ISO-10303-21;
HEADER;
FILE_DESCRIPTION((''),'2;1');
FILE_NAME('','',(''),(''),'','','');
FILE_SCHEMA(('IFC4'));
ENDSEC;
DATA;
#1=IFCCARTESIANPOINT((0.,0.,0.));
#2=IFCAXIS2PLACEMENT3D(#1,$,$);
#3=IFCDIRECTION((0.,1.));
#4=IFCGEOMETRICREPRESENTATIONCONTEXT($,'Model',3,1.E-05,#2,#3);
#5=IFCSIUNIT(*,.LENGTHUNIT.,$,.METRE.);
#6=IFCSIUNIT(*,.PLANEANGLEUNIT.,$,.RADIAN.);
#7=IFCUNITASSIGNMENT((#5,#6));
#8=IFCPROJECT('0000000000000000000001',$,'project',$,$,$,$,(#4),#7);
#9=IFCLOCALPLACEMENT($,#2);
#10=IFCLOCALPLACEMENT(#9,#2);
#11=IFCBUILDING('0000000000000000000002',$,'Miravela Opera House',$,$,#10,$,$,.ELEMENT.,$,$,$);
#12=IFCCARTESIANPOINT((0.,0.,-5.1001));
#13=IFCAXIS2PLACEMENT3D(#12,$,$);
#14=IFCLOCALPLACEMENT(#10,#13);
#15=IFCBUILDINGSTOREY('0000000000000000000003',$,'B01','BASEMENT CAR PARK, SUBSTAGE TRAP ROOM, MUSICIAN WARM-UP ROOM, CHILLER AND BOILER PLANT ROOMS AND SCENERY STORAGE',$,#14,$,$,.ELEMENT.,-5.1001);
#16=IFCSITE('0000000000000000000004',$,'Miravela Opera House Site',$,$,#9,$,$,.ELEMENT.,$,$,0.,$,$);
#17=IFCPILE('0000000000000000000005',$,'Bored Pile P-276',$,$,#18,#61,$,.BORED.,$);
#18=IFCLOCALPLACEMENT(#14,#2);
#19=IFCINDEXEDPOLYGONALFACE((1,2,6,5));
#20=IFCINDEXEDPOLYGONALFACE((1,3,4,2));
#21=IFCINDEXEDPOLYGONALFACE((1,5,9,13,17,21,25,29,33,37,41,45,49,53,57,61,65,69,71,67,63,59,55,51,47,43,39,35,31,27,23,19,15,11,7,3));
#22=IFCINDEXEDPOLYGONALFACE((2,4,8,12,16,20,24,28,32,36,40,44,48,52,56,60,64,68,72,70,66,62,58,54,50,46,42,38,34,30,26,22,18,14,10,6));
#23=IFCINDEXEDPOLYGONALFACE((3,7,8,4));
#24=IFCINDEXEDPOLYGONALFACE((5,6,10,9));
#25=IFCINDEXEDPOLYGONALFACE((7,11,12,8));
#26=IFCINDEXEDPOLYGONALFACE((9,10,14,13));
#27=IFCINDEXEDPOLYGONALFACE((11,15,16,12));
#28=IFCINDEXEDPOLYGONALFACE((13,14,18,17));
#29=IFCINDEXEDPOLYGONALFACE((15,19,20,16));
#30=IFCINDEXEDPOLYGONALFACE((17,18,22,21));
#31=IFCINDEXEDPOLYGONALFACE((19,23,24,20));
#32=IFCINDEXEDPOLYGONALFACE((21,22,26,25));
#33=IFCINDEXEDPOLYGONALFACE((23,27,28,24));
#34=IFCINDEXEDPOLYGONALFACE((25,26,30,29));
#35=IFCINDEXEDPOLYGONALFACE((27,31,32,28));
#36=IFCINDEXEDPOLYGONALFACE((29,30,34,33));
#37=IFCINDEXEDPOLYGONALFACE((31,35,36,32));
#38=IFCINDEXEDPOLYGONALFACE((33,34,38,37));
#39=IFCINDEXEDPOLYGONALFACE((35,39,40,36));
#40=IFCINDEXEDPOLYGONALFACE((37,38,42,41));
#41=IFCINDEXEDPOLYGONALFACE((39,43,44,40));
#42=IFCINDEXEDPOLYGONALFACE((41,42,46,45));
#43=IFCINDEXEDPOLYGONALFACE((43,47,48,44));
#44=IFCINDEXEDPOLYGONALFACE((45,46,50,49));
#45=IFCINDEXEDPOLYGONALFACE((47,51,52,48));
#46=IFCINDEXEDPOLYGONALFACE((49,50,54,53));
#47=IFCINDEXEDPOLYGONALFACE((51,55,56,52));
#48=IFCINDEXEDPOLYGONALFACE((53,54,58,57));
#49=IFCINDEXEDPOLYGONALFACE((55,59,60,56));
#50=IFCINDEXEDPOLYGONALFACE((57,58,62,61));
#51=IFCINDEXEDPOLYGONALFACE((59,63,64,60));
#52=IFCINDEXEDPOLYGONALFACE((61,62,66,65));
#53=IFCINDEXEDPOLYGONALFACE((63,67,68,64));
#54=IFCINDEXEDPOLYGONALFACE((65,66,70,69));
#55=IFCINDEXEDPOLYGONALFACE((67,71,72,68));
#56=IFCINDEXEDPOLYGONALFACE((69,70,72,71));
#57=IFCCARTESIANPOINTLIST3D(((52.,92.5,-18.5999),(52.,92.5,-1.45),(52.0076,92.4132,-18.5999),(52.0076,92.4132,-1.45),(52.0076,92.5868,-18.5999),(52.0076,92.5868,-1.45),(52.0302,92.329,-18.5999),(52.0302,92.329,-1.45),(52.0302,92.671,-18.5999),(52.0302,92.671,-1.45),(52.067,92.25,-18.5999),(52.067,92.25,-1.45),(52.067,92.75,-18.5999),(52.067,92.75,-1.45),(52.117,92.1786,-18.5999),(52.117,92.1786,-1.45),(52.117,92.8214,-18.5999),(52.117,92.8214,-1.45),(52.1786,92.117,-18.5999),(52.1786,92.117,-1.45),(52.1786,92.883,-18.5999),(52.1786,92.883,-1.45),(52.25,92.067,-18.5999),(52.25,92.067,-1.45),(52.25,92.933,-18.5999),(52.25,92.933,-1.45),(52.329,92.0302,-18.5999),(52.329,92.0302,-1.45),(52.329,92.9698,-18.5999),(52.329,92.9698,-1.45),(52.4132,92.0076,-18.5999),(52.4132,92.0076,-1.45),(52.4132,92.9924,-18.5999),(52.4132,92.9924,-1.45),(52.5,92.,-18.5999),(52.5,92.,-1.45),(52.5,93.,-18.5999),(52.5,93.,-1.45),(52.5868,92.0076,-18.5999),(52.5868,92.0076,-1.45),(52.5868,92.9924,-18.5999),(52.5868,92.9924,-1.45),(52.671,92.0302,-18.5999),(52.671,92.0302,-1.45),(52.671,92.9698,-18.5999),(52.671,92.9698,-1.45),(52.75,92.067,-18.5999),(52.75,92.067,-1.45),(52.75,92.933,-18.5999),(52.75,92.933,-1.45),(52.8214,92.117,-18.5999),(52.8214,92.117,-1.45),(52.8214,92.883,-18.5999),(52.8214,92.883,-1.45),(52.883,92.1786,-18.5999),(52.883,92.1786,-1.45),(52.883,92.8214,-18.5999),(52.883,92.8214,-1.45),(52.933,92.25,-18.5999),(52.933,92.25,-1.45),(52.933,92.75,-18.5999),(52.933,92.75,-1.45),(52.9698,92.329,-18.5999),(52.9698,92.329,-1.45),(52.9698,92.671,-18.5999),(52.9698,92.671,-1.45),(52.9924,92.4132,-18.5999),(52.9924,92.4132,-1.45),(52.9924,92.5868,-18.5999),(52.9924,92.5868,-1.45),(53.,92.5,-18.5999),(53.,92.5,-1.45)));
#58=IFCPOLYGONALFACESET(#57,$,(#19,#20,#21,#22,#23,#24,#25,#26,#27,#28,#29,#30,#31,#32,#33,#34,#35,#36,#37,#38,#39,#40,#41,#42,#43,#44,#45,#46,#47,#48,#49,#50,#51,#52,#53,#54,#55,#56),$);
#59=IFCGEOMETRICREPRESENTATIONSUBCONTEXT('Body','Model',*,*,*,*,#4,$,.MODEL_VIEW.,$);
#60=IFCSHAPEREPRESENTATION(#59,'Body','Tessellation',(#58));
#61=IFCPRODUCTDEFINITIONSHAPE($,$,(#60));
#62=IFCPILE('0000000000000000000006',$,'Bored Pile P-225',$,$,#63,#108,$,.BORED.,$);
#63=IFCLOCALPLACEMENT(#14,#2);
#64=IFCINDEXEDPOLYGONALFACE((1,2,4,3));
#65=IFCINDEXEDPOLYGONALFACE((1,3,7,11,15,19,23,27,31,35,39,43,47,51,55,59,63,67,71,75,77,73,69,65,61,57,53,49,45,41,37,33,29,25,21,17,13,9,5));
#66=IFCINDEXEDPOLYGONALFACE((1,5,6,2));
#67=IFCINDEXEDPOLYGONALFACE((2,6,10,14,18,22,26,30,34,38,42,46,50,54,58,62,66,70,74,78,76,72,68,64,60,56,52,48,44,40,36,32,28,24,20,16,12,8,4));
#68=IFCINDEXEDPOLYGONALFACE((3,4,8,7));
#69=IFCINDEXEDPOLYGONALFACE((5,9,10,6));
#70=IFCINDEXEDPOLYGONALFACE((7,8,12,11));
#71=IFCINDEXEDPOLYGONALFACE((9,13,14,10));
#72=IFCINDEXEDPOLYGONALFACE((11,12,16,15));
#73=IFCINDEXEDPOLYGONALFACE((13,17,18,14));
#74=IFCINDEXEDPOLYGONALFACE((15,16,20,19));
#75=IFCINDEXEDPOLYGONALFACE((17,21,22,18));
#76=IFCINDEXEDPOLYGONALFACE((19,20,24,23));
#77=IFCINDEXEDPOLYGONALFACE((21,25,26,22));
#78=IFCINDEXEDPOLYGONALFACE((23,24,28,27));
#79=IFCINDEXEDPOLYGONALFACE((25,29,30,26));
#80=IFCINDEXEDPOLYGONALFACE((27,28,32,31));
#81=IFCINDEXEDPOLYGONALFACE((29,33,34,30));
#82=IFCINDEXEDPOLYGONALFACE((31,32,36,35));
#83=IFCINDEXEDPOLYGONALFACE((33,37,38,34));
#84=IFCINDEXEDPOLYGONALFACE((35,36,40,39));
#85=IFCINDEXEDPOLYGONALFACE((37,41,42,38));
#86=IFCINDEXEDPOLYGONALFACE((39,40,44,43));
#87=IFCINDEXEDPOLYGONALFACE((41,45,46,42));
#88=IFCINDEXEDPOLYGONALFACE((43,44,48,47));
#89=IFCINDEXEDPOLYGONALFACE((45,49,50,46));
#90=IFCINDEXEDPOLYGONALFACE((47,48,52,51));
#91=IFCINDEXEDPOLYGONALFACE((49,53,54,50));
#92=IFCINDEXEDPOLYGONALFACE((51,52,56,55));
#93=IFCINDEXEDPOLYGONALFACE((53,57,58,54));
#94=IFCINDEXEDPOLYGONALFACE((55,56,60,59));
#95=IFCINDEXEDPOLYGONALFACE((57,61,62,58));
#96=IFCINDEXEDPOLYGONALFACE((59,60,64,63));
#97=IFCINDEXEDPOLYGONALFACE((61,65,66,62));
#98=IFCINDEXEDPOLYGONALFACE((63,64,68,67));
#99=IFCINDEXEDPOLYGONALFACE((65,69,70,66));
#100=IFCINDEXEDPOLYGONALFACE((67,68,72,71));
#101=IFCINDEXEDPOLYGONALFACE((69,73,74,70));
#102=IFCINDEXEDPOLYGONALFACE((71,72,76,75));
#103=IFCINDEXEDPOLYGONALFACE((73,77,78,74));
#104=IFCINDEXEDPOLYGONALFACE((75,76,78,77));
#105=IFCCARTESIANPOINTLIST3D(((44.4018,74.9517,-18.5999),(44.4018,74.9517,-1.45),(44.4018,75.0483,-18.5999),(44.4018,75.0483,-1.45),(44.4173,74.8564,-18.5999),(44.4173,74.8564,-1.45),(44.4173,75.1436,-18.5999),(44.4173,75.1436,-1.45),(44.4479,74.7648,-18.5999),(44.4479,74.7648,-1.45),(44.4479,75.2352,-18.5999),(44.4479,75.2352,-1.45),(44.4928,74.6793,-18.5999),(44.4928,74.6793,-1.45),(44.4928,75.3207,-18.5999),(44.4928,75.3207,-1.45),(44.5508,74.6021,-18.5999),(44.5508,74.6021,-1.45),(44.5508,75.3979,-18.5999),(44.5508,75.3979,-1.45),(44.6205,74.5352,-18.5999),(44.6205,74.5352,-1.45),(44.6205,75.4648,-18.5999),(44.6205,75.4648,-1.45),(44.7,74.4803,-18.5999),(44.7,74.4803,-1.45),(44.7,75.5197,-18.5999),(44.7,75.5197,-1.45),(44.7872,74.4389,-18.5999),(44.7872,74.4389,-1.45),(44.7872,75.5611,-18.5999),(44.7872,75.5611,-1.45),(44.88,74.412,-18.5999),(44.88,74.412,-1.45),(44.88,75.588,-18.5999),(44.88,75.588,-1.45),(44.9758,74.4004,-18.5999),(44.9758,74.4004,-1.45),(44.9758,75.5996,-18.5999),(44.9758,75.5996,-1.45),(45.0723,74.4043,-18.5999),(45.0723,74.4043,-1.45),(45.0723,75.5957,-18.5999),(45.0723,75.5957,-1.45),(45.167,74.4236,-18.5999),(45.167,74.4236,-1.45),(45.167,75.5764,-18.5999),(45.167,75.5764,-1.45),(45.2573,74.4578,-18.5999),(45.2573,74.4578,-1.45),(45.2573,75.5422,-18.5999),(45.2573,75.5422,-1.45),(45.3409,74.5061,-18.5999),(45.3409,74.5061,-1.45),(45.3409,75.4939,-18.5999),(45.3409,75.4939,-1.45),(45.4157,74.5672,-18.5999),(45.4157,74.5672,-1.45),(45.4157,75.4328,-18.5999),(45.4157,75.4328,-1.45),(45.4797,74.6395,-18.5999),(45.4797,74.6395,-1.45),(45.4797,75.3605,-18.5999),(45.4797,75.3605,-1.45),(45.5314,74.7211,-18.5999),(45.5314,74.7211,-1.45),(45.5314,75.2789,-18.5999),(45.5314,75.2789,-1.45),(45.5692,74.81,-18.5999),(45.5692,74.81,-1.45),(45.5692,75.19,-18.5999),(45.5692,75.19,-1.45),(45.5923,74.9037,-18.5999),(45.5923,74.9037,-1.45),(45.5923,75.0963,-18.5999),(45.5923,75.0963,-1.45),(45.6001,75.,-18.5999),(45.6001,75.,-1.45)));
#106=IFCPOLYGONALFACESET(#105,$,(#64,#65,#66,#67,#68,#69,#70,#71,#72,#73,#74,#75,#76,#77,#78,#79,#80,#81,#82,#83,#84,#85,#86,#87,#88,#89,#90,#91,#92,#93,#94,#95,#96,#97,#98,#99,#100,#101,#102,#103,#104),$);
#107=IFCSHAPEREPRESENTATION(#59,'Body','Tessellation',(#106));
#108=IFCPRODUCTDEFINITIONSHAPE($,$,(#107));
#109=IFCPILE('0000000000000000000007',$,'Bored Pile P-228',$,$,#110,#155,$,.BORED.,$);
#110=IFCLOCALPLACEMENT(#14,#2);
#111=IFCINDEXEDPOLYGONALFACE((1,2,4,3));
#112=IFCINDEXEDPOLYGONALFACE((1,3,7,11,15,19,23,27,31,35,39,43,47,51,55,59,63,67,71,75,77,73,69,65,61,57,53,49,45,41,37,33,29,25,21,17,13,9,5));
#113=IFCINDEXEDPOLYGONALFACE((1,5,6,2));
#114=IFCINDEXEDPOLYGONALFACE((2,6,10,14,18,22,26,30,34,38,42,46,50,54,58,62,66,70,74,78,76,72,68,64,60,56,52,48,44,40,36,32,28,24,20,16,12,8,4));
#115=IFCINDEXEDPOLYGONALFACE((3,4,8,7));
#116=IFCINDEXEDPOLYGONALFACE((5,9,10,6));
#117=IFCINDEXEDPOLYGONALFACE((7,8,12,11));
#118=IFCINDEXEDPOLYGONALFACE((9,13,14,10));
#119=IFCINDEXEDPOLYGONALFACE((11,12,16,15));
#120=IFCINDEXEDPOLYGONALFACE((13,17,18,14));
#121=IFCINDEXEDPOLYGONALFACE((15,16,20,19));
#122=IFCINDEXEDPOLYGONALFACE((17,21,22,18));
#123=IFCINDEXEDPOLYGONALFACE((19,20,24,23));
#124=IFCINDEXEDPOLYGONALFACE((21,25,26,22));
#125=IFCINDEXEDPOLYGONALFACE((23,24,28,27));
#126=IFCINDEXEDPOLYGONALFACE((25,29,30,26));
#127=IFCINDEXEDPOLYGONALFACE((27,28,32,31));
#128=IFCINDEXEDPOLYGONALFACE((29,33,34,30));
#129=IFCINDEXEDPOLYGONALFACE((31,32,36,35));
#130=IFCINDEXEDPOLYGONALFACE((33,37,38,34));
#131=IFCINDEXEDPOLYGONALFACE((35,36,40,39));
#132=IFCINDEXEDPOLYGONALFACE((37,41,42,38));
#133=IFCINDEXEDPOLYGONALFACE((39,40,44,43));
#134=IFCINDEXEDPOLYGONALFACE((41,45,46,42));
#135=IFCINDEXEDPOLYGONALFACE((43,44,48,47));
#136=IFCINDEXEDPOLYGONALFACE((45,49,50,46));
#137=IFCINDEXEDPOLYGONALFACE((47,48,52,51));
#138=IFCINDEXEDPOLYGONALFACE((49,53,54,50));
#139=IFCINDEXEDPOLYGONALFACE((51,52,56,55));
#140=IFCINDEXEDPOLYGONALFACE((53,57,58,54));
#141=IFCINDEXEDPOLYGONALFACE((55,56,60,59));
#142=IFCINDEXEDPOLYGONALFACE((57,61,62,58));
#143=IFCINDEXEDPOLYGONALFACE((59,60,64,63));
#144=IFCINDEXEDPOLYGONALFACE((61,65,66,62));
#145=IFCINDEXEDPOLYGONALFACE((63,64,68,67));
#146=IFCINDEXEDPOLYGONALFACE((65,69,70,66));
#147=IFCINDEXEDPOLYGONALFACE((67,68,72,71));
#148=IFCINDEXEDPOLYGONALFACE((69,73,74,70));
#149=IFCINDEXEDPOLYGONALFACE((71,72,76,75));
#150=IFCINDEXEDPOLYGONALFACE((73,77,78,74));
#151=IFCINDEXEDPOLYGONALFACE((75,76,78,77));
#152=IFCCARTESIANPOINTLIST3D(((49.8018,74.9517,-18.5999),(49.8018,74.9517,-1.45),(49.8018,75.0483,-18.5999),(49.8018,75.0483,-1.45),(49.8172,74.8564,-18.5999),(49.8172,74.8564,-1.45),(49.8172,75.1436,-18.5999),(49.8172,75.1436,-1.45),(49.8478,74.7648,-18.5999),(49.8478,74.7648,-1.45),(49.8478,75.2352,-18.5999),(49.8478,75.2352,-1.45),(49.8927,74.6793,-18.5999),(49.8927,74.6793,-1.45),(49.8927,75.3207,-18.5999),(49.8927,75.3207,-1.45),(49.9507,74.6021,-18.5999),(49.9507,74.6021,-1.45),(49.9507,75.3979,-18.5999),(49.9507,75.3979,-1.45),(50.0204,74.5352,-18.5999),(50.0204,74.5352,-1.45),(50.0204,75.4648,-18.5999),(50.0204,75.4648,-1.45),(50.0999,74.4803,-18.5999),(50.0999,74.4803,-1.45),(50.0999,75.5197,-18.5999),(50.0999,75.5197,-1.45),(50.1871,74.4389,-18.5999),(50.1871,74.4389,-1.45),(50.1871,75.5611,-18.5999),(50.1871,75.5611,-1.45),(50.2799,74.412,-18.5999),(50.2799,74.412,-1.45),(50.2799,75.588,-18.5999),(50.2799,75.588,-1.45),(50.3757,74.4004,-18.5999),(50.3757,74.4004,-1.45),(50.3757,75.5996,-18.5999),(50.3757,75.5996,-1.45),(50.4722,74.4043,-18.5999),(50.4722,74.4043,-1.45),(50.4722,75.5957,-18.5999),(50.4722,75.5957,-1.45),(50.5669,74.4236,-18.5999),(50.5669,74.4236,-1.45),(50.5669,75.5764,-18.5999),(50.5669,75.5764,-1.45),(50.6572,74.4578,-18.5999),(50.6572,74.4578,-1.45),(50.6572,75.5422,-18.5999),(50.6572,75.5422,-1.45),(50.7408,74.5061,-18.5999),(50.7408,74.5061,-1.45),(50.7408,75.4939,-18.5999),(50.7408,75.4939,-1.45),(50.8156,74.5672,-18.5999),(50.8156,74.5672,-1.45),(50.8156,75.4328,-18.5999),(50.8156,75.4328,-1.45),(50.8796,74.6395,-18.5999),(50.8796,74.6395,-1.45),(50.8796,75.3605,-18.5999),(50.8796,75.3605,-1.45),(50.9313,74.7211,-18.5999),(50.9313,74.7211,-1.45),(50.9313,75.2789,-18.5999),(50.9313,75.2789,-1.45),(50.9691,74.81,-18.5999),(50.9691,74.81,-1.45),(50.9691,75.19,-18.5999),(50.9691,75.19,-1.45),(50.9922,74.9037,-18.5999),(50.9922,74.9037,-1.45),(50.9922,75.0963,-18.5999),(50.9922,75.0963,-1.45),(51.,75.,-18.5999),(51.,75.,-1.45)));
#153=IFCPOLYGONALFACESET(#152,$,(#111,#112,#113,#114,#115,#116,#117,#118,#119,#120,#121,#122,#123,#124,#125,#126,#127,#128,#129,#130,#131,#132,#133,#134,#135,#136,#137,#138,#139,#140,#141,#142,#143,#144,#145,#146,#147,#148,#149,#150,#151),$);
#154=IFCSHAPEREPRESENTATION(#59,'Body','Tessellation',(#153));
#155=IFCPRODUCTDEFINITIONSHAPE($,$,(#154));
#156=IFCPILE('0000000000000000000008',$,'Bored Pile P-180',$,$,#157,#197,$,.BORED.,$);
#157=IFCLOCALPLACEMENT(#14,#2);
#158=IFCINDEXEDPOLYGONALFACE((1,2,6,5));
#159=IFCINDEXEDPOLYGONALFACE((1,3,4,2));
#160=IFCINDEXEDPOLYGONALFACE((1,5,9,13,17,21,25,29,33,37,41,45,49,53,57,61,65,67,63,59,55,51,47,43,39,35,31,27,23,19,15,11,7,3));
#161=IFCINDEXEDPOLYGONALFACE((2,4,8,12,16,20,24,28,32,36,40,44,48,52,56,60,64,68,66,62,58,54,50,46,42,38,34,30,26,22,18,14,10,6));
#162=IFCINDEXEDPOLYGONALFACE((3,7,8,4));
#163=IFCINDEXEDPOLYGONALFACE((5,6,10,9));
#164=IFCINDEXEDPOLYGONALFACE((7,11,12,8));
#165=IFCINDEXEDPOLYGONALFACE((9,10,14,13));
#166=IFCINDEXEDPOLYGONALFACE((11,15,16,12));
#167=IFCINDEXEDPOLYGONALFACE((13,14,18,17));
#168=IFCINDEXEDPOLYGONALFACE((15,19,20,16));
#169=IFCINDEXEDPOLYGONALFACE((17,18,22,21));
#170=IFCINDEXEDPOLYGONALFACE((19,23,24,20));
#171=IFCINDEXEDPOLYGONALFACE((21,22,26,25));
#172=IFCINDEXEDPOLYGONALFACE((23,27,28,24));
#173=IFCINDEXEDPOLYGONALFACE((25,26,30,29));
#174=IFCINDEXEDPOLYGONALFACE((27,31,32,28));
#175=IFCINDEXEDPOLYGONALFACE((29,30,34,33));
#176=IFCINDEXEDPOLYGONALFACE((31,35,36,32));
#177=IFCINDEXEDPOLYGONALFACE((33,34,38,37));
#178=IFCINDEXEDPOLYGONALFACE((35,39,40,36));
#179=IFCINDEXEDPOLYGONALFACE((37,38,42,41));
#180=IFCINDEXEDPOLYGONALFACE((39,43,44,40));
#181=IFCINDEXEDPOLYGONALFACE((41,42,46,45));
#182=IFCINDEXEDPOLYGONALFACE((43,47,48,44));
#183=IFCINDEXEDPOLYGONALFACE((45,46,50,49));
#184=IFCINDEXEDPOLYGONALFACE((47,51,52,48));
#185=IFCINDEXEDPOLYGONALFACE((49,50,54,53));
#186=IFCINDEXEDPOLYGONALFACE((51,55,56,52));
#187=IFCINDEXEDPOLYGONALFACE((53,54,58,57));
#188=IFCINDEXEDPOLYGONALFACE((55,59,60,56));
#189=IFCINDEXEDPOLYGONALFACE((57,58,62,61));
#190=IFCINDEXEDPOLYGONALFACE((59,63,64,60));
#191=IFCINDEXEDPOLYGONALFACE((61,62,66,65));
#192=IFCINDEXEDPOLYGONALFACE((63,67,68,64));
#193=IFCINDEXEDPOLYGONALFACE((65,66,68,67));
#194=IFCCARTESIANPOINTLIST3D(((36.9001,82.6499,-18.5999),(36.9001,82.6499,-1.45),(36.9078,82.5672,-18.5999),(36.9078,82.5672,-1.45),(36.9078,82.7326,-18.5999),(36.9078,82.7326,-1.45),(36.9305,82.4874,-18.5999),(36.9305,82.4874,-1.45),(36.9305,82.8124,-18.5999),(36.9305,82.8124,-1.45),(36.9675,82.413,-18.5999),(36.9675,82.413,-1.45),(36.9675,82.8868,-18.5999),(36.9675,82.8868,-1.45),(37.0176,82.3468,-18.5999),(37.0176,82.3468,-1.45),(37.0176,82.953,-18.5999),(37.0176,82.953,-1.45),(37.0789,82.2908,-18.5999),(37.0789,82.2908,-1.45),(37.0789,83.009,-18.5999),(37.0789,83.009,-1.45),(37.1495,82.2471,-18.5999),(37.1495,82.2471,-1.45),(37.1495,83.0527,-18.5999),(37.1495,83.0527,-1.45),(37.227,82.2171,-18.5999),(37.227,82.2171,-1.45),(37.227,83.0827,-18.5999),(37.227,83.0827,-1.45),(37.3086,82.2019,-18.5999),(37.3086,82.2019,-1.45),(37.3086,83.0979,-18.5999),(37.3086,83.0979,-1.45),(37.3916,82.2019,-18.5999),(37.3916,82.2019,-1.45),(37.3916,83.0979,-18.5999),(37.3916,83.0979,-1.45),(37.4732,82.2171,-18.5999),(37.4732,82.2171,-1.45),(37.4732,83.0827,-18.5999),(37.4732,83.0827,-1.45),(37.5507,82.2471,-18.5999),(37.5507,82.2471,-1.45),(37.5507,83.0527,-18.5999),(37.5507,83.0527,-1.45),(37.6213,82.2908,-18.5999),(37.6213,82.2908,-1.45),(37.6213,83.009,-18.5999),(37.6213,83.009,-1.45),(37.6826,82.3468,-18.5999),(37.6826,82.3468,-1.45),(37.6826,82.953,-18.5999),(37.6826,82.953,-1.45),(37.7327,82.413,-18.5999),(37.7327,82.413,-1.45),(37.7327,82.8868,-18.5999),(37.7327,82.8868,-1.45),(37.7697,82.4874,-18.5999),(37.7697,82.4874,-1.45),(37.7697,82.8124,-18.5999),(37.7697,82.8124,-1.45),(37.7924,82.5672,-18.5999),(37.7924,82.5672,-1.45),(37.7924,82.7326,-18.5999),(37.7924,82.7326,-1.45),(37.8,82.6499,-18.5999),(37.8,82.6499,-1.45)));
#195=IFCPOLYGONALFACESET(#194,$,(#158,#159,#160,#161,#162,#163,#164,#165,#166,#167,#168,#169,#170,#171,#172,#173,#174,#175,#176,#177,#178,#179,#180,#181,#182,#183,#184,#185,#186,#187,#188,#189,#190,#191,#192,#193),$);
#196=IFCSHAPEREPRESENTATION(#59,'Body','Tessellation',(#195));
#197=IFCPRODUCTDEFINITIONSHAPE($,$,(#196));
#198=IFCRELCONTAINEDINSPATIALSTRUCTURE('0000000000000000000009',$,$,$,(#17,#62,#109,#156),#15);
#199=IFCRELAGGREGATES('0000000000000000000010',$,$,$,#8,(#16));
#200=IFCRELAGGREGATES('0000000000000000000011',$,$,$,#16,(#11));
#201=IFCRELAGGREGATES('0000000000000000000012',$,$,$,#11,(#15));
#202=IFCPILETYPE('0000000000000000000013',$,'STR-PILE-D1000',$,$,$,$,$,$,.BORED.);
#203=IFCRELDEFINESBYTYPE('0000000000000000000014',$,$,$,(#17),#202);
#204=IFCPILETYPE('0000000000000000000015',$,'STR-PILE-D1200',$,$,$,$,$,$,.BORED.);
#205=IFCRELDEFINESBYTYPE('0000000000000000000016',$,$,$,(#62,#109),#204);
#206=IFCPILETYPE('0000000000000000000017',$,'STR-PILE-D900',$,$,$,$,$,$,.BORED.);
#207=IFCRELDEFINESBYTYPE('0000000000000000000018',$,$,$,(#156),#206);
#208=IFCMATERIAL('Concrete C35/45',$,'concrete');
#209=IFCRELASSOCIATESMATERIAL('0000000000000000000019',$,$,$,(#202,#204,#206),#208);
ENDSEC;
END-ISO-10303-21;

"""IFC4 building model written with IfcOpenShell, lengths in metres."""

from ifc_helpers import new_model, si_unit, direction, frame, origin, origin_2d, place, context, subcontext, project, spatial, circle, extrude, material, material_profile, profile_set, type_object, element, save


model = new_model("IFC4")

# Units and contexts
model_context = context("Model", 3, precision=1e-05, world=origin(), true_north=direction((0.0, 1.0)))
body_context = subcontext(model_context, "Body", "Model", "MODEL_VIEW")
ifc_project = project(units=[si_unit("LENGTHUNIT", "METRE"), si_unit("PLANEANGLEUNIT", "RADIAN")], contexts=[model_context])

# Site, building, storey
site_placement = place(None, origin())
site = spatial("IfcSite", under=ifc_project, at=site_placement, Name="Miravela Opera House Site", CompositionType="ELEMENT", RefElevation=0.0)
building_placement = place(site_placement, origin())
building = spatial("IfcBuilding", under=site, at=building_placement, Name="Miravela Opera House", CompositionType="ELEMENT")
storey_placement = place(building_placement, frame((0.0, 0.0, -5.1001)))
storey = spatial("IfcBuildingStorey", under=building, at=storey_placement, Name="B01", Description="BASEMENT CAR PARK, SUBSTAGE TRAP ROOM, MUSICIAN WARM-UP ROOM, CHILLER AND BOILER PLANT ROOMS AND SCENERY STORAGE", CompositionType="ELEMENT", Elevation=-5.1001)

# Shared definitions
ifc_material_1 = material(Name="Concrete C35/45", Category="concrete")

# Piles
ifc_material_profile_1 = material_profile(ifc_material_1, circle(Radius=0.5, at=origin_2d()), Name="PILE-D1000")
ifc_profile_set_1 = profile_set([ifc_material_profile_1])
pile_type_1 = type_object("IfcPileType", Name="STR-PILE-D1000", PredefinedType="BORED", material=ifc_profile_set_1)
for number, where, z_axis, x_axis, name in (
    (1, (52.5, 92.5, -1.45), (0.0, 0.0, -1.0), (1.0, 0.0, 0.0), "Bored Pile P-276"),
):
    element("IfcPile", number, at=place(storey_placement, frame(where, z_axis=z_axis, x_axis=x_axis)), inside=storey, type_object=pile_type_1, Name=name, PredefinedType="BORED", context=body_context, shape_type="SweptSolid", body=[
        extrude(circle(Radius=0.5, at=origin_2d()), origin(), (0.0, 0.0, 1.0), 17.1499),
    ])
ifc_material_profile_2 = material_profile(ifc_material_1, circle(Radius=0.6001, at=origin_2d()), Name="PILE-D1200")
ifc_profile_set_2 = profile_set([ifc_material_profile_2])
pile_type_2 = type_object("IfcPileType", Name="STR-PILE-D1200", PredefinedType="BORED", material=ifc_profile_set_2)
for number, where, z_axis, x_axis, name in (
    (2, (45.0, 75.0, -1.45), (0.0, 0.0, -1.0), (1.0, 0.0, 0.0), "Bored Pile P-225"),
    (3, (50.3999, 75.0, -1.45), (0.0, 0.0, -1.0), (1.0, 0.0, 0.0), "Bored Pile P-228"),
):
    element("IfcPile", number, at=place(storey_placement, frame(where, z_axis=z_axis, x_axis=x_axis)), inside=storey, type_object=pile_type_2, Name=name, PredefinedType="BORED", context=body_context, shape_type="SweptSolid", body=[
        extrude(circle(Radius=0.6001, at=origin_2d()), origin(), (0.0, 0.0, 1.0), 17.1499),
    ])
ifc_material_profile_3 = material_profile(ifc_material_1, circle(Radius=0.45, at=origin_2d()), Name="PILE-D900")
ifc_profile_set_3 = profile_set([ifc_material_profile_3])
pile_type_3 = type_object("IfcPileType", Name="STR-PILE-D900", PredefinedType="BORED", material=ifc_profile_set_3)
for number, where, z_axis, x_axis, name in (
    (4, (37.3501, 82.6499, -1.45), (0.0, 0.0, -1.0), (1.0, 0.0, 0.0), "Bored Pile P-180"),
):
    element("IfcPile", number, at=place(storey_placement, frame(where, z_axis=z_axis, x_axis=x_axis)), inside=storey, type_object=pile_type_3, Name=name, PredefinedType="BORED", context=body_context, shape_type="SweptSolid", body=[
        extrude(circle(Radius=0.45, at=origin_2d()), origin(), (0.0, 0.0, 1.0), 17.1499),
    ])

save(model, "model.ifc")
